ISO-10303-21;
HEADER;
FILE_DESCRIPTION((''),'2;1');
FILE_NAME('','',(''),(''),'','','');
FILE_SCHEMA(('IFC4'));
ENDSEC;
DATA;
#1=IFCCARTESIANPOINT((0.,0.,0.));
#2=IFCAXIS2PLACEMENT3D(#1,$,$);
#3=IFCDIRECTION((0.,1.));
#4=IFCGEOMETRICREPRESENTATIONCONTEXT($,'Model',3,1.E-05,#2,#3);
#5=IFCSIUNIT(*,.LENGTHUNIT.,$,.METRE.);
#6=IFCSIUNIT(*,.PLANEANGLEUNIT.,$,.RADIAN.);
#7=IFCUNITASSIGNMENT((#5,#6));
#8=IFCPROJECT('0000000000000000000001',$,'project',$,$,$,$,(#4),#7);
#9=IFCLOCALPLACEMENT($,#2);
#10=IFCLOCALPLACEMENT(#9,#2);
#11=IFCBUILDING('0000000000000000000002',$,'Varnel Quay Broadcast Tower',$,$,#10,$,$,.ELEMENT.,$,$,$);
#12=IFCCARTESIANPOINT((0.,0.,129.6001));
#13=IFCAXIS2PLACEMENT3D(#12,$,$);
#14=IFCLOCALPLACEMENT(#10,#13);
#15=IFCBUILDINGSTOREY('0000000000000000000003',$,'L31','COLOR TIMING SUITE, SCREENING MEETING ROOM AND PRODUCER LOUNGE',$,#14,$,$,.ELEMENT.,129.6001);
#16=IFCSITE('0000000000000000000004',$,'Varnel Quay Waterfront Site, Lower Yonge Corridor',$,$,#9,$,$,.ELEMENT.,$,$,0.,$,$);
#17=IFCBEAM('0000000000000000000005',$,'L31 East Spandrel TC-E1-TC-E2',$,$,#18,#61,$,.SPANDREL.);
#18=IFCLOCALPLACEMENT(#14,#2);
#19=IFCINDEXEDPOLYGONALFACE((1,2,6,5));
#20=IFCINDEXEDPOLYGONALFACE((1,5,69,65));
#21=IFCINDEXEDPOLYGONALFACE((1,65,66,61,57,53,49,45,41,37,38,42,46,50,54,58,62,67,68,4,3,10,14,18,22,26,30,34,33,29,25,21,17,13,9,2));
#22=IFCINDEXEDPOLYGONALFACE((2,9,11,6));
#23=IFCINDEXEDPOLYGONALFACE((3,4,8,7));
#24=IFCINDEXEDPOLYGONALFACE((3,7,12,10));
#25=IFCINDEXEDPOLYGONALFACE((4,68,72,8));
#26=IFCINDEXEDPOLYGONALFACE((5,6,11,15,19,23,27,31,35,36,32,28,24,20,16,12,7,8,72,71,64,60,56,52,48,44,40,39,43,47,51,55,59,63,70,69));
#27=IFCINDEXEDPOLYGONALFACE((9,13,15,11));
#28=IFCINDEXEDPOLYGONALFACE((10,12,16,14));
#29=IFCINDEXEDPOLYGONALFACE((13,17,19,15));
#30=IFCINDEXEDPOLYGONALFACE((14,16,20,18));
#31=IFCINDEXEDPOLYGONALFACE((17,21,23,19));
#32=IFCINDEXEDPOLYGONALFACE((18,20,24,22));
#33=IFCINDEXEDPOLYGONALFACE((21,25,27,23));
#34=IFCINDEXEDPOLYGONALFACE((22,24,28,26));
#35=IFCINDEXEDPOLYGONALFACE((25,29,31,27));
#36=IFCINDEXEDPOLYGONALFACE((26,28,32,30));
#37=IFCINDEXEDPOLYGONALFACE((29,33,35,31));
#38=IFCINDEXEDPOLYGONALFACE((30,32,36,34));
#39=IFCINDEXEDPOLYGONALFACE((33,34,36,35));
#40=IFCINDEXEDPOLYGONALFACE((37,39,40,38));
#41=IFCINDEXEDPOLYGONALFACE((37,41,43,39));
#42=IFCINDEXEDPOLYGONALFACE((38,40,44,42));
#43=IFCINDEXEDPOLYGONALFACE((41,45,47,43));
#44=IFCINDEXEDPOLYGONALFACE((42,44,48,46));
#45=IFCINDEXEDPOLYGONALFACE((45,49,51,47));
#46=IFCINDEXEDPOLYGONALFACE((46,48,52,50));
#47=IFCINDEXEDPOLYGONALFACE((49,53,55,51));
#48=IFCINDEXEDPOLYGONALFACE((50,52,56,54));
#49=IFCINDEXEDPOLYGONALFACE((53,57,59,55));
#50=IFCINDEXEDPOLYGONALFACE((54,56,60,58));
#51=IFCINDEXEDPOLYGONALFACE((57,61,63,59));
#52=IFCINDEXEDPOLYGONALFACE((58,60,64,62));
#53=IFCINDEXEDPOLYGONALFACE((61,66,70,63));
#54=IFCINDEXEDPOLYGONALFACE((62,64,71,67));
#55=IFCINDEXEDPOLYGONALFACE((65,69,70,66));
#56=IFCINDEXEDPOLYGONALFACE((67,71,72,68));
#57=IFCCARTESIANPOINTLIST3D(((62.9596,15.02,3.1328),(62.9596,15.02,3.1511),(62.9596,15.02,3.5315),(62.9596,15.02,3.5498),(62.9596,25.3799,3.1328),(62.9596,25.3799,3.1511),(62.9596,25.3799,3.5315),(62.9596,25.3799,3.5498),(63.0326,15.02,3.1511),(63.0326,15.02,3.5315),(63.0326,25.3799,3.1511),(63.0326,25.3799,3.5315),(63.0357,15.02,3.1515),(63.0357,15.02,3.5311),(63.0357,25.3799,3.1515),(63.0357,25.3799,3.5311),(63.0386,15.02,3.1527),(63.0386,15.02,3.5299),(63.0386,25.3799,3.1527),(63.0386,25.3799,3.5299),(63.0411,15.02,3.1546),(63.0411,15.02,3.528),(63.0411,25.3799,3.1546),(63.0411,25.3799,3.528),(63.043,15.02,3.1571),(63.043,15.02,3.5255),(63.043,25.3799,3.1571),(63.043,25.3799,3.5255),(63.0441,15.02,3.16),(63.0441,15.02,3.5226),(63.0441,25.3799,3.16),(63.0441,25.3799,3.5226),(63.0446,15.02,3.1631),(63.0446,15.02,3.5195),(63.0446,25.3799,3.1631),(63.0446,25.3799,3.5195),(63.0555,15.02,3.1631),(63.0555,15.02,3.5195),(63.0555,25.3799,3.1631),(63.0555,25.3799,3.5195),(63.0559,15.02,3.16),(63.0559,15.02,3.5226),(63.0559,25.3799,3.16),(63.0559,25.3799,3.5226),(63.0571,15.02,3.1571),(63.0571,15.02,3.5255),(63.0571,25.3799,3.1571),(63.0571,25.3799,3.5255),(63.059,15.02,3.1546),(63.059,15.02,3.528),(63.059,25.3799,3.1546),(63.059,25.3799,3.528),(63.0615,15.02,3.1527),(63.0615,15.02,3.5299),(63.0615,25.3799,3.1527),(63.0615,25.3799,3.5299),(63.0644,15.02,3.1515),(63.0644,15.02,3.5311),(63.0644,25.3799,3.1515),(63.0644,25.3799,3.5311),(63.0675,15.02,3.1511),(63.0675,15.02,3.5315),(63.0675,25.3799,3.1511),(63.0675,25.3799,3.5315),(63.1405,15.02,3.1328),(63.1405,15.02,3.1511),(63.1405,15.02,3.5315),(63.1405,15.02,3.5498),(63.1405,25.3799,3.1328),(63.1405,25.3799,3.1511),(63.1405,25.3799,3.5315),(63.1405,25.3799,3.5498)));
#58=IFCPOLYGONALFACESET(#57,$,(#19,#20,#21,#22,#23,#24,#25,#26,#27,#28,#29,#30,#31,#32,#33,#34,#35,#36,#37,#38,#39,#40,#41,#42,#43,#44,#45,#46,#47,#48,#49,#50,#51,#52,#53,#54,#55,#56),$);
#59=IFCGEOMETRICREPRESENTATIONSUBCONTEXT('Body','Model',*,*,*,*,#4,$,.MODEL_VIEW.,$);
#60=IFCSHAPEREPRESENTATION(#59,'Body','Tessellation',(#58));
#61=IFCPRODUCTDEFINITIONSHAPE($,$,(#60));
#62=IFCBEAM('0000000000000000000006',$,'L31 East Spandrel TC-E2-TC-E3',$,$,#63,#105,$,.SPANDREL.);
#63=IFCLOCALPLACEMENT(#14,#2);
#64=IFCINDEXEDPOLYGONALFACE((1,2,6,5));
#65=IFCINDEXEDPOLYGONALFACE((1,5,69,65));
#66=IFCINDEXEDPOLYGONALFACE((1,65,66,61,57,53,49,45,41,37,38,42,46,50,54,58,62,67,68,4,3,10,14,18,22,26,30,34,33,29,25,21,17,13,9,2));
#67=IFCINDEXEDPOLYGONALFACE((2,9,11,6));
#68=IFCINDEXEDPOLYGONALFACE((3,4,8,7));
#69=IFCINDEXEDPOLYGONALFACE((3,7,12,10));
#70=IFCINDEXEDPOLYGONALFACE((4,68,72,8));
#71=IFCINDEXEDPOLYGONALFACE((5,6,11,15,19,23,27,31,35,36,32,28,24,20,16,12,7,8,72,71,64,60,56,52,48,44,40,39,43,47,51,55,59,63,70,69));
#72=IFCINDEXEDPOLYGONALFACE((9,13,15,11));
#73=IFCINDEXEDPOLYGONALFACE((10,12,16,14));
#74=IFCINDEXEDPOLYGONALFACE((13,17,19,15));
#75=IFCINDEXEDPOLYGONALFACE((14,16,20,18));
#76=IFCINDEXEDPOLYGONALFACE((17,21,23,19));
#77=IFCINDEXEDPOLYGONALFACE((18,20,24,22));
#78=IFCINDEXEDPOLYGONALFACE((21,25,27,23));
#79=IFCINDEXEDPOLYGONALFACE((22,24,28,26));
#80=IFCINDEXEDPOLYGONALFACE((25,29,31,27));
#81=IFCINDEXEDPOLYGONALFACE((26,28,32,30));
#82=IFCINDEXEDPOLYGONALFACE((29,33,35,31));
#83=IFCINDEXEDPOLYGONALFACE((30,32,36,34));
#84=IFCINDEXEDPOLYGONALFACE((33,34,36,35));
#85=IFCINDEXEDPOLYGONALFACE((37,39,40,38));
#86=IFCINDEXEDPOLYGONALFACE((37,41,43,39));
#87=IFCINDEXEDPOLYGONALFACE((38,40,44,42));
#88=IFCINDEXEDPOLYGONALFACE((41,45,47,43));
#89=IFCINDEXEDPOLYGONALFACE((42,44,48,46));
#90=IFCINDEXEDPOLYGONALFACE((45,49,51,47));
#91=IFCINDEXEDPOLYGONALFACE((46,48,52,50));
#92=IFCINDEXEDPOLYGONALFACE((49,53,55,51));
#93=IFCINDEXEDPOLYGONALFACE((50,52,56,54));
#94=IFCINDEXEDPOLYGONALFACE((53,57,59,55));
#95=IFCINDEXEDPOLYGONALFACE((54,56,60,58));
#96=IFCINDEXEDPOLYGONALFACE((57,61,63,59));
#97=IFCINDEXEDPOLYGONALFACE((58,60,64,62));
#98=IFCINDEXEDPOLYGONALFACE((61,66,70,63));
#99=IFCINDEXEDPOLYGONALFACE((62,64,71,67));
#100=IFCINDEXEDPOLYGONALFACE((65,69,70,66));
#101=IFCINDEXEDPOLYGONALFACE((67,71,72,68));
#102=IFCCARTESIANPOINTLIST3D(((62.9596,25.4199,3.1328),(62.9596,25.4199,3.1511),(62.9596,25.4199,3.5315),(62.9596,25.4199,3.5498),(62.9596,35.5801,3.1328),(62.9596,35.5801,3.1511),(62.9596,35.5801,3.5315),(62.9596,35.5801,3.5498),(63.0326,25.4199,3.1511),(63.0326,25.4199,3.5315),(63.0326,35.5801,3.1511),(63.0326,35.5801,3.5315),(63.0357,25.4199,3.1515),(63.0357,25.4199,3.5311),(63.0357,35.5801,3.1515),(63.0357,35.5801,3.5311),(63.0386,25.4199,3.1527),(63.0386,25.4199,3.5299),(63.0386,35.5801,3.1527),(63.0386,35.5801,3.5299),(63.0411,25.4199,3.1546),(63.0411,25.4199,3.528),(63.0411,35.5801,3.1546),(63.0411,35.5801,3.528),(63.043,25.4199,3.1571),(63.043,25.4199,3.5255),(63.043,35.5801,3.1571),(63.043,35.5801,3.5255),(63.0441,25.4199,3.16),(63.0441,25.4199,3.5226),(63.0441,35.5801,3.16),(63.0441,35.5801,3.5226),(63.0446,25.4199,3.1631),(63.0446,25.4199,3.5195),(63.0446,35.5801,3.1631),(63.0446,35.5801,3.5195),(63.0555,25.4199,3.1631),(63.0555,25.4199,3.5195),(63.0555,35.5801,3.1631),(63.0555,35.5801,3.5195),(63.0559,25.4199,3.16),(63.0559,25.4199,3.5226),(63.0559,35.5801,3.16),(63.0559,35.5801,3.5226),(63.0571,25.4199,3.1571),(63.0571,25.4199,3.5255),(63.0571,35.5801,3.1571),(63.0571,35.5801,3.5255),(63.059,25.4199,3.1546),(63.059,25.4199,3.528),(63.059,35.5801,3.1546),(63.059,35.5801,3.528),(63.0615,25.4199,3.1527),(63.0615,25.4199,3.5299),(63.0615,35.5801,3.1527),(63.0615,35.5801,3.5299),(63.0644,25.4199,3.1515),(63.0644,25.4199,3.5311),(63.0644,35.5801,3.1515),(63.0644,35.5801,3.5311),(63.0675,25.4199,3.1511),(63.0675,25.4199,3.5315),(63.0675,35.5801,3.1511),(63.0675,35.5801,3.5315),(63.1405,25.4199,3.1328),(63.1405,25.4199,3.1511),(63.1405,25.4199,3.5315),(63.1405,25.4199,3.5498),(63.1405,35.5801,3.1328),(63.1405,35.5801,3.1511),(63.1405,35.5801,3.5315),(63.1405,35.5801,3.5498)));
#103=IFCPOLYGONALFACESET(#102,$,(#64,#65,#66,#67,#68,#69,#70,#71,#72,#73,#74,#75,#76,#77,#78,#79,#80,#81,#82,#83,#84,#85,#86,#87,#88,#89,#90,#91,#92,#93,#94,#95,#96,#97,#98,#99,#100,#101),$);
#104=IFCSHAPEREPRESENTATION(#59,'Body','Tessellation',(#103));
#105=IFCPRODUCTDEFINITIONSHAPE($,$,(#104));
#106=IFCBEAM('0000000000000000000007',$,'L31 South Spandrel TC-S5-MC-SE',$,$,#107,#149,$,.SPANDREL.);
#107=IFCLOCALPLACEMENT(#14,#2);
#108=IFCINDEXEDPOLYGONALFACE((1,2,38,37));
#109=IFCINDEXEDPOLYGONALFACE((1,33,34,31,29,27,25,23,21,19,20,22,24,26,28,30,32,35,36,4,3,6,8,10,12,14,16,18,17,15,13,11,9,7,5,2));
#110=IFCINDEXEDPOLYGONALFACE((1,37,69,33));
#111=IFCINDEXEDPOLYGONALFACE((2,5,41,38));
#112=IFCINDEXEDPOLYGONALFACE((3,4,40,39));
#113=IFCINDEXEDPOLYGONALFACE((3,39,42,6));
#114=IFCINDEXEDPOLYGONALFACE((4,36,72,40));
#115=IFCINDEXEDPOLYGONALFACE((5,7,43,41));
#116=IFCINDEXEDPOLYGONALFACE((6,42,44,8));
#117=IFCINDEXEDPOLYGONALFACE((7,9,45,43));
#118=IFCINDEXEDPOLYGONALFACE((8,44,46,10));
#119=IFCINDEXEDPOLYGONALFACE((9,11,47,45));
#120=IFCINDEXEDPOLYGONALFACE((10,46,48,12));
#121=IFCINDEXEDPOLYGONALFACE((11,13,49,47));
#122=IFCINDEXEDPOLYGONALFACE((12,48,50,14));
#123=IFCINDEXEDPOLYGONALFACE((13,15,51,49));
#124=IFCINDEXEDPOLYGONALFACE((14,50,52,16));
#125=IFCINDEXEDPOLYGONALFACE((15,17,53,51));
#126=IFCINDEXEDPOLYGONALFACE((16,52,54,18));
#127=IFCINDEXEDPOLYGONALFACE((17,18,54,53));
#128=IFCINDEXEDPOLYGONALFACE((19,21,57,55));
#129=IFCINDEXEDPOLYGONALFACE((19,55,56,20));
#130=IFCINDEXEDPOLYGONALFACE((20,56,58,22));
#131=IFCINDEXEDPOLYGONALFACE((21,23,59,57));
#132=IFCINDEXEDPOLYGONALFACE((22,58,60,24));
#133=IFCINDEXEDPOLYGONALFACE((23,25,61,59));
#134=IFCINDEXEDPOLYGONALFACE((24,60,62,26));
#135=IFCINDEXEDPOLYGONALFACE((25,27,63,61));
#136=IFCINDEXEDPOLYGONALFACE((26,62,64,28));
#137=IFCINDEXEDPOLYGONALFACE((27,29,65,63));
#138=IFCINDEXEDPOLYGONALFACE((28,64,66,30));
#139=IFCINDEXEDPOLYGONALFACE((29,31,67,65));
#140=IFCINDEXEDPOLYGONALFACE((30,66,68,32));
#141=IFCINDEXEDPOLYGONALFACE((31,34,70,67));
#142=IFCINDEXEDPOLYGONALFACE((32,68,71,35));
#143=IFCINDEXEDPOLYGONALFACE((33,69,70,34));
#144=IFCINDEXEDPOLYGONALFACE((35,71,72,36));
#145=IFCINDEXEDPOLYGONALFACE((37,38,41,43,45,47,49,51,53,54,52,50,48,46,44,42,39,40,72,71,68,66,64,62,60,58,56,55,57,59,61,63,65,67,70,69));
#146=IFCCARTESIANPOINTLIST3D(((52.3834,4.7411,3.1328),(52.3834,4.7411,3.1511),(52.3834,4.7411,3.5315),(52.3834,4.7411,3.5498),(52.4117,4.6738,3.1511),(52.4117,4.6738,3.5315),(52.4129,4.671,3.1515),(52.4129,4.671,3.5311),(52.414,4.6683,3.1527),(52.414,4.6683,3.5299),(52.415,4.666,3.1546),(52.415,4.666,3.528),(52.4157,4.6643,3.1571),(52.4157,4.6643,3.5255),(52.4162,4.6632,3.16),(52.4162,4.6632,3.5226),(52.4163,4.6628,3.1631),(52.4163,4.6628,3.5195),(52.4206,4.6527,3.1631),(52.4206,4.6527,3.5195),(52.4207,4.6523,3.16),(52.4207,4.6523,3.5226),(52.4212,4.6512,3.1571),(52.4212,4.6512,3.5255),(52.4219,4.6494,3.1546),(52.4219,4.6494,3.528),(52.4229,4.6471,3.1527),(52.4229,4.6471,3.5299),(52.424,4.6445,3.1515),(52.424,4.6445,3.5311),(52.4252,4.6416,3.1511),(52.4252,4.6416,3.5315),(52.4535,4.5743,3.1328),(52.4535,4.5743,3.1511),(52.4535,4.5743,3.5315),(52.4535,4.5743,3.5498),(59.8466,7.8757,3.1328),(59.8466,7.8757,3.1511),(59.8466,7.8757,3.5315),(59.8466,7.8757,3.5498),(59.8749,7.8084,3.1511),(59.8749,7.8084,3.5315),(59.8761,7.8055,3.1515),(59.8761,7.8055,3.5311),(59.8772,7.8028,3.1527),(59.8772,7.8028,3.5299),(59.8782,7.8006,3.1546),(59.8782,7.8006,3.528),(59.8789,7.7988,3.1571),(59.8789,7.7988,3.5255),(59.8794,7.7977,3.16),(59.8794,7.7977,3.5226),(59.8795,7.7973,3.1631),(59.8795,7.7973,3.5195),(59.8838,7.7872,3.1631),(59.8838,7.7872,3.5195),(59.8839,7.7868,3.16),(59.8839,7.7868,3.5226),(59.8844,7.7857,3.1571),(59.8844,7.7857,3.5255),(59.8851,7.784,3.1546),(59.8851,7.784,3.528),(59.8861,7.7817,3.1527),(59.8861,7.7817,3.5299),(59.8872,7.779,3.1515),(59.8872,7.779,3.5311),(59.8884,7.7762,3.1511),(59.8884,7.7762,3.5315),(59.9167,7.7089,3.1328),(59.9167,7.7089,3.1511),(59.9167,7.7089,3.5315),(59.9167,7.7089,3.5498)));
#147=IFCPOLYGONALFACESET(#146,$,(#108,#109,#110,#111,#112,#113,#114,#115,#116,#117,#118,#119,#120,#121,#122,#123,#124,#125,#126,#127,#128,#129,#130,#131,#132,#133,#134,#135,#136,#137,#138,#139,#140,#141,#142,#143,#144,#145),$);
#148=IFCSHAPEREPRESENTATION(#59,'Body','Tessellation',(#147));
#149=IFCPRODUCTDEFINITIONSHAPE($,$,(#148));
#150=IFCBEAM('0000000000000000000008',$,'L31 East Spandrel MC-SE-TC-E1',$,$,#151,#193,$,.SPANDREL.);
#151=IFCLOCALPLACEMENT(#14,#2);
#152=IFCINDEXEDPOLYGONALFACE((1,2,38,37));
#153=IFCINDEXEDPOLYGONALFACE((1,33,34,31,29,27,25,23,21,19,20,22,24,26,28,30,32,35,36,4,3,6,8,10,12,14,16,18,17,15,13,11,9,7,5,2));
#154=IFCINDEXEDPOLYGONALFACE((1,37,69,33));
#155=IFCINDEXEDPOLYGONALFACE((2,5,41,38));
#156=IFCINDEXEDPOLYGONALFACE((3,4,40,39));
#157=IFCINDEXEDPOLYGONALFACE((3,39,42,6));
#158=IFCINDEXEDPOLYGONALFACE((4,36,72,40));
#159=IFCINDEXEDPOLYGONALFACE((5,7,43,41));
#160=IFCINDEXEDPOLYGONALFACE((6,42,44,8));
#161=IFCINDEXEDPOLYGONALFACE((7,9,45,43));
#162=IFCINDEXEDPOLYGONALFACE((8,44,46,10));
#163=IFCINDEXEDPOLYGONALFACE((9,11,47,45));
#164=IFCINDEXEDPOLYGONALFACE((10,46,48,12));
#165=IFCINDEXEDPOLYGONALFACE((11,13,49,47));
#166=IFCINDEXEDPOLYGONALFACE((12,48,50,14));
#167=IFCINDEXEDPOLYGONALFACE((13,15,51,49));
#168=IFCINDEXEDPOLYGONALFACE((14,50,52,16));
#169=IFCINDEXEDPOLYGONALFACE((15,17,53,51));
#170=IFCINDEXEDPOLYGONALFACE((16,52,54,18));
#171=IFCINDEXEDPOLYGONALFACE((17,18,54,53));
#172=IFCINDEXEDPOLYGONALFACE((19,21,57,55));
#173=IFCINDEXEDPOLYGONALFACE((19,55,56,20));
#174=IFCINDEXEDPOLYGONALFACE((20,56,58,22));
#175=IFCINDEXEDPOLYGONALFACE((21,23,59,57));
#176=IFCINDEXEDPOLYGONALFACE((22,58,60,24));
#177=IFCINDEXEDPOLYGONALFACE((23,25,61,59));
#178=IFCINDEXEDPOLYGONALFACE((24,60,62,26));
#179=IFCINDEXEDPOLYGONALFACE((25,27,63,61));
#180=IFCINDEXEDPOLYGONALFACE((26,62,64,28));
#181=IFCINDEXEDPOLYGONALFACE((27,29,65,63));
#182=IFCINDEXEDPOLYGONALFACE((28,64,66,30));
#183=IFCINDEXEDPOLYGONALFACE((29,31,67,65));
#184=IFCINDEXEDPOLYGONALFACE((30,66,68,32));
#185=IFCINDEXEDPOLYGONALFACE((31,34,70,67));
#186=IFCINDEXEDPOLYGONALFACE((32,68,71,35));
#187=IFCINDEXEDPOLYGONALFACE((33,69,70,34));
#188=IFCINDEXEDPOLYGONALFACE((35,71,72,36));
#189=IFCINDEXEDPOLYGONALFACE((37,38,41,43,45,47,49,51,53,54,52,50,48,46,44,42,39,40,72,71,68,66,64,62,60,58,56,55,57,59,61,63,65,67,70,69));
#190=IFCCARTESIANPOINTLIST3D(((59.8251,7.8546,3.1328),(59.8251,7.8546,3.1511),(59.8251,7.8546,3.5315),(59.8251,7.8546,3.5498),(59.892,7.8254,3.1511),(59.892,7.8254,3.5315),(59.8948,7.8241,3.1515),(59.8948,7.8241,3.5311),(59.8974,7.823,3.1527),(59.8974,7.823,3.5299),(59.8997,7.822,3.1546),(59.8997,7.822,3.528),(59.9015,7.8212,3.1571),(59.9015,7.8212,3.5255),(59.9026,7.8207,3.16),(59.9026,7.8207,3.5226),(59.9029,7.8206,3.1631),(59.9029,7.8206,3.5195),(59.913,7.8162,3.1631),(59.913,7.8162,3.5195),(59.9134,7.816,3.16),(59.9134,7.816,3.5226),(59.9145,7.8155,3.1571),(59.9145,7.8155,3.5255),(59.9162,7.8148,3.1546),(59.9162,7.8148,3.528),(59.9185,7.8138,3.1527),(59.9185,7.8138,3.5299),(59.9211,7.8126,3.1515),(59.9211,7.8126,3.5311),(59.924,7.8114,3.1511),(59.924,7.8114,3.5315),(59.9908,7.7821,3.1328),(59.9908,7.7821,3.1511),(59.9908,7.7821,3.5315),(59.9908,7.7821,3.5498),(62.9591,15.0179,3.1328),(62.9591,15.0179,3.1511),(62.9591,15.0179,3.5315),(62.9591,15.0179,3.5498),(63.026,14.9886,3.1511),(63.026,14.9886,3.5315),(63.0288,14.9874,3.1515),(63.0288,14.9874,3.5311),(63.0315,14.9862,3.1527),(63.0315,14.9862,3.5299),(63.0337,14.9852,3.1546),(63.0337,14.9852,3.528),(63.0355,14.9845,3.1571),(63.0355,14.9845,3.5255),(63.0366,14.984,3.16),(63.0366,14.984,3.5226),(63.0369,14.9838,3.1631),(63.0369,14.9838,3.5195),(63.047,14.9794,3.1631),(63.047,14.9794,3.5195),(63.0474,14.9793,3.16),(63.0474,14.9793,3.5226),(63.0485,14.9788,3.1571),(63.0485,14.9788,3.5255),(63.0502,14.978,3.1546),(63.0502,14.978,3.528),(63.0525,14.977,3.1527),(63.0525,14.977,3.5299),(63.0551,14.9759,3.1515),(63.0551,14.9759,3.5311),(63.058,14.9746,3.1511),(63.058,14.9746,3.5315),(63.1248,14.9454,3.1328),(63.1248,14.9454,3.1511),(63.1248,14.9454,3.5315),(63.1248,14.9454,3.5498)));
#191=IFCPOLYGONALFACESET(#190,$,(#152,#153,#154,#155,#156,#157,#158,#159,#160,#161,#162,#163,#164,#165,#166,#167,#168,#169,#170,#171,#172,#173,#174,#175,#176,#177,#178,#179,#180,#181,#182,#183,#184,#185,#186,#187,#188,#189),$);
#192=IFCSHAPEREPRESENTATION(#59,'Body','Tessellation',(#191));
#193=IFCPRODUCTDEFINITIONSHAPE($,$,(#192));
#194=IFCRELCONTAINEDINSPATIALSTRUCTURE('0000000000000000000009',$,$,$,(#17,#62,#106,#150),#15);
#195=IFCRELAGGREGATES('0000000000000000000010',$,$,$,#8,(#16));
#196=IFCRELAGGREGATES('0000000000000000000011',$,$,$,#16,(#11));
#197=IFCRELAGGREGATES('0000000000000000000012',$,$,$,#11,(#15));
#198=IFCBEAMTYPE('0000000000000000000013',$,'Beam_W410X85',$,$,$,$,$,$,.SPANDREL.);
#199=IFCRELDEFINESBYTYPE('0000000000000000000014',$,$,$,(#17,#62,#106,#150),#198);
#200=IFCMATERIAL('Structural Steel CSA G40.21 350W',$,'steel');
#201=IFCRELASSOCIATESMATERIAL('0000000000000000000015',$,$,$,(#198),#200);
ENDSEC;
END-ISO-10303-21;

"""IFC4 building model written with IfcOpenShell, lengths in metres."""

from ifc_helpers import new_model, si_unit, direction, frame, origin, origin_2d, place, context, subcontext, project, spatial, i_section, extrude, source, transform, mapped, material, material_profile, profile_set, type_object, type_shapes, element, save


model = new_model("IFC4")

# Units and contexts
model_context = context("Model", 3, precision=1e-05, world=origin(), true_north=direction((0.0, 1.0)))
body_context = subcontext(model_context, "Body", "Model", "MODEL_VIEW")
ifc_project = project(units=[si_unit("LENGTHUNIT", "METRE"), si_unit("PLANEANGLEUNIT", "RADIAN")], contexts=[model_context])

# Site, building, storey
site_placement = place(None, origin())
site = spatial("IfcSite", under=ifc_project, at=site_placement, Name="Varnel Quay Waterfront Site, Lower Yonge Corridor", CompositionType="ELEMENT", RefElevation=0.0)
building_placement = place(site_placement, origin())
building = spatial("IfcBuilding", under=site, at=building_placement, Name="Varnel Quay Broadcast Tower", CompositionType="ELEMENT")
storey_placement = place(building_placement, frame((0.0, 0.0, 129.6001)))
storey = spatial("IfcBuildingStorey", under=building, at=storey_placement, Name="L31", Description="COLOR TIMING SUITE, SCREENING MEETING ROOM AND PRODUCER LOUNGE", CompositionType="ELEMENT", Elevation=129.6001)

# Shared definitions
ifc_material_1 = material(Name="Structural Steel CSA G40.21 350W", Category="steel")

# Beams
ifc_material_profile_1 = material_profile(ifc_material_1, i_section(OverallWidth=0.1809, OverallDepth=0.417, WebThickness=0.011, FlangeThickness=0.0183, FilletRadius=0.012, at=origin_2d()), Name="W410X85")
ifc_profile_set_1 = profile_set([ifc_material_profile_1], Name="Structural Steel CSA G40.21 350W")
beam_type = type_object("IfcBeamType", Name="Beam_W410X85", PredefinedType="SPANDREL", material=ifc_profile_set_1)
shared_shape_1 = source(origin(), body_context, "Body", "SweptSolid", [
    extrude(i_section(OverallWidth=0.1809, OverallDepth=0.417, WebThickness=0.011, FlangeThickness=0.0183, FilletRadius=0.012, at=origin_2d()), origin(), (0.0, 0.0, 1.0), 10.3599),
])
beam_1_placement = place(storey_placement, frame((63.05, 15.02, 3.3413), z_axis=(0.0, 1.0, 0.0), x_axis=(-1.0, 0.0, 0.0)))
element("IfcBeam", 1, at=beam_1_placement, inside=storey, type_object=beam_type, Name="L31 East Spandrel TC-E1-TC-E2", PredefinedType="SPANDREL", context=body_context, shape_type="MappedRepresentation", body=[
    mapped(shared_shape_1, transform((0.0, 0.0, 0.0), x_axis=(1.0, 0.0, 0.0), y_axis=(0.0, 1.0, 0.0), z_axis=(0.0, 0.0, 1.0), scale=1.0)),
])
shared_shape_2 = source(origin(), body_context, "Body", "SweptSolid", [
    extrude(i_section(OverallWidth=0.1809, OverallDepth=0.417, WebThickness=0.011, FlangeThickness=0.0183, FilletRadius=0.012, at=origin_2d()), origin(), (0.0, 0.0, 1.0), 10.1602),
])
beam_2_placement = place(storey_placement, frame((63.05, 25.4199, 3.3413), z_axis=(0.0, 1.0, 0.0), x_axis=(-1.0, 0.0, 0.0)))
element("IfcBeam", 2, at=beam_2_placement, inside=storey, type_object=beam_type, Name="L31 East Spandrel TC-E2-TC-E3", PredefinedType="SPANDREL", context=body_context, shape_type="MappedRepresentation", body=[
    mapped(shared_shape_2, transform((0.0, 0.0, 0.0), x_axis=(1.0, 0.0, 0.0), y_axis=(0.0, 1.0, 0.0), z_axis=(0.0, 0.0, 1.0), scale=1.0)),
])
shared_shape_3 = source(origin(), body_context, "Body", "SweptSolid", [
    extrude(i_section(OverallWidth=0.1809, OverallDepth=0.417, WebThickness=0.011, FlangeThickness=0.0183, FilletRadius=0.012, at=origin_2d()), origin(), (0.0, 0.0, 1.0), 8.0947),
])
beam_3_placement = place(storey_placement, frame((52.4185, 4.6577, 3.3413), z_axis=(0.921982, 0.387233, 0.0), x_axis=(-0.387233, 0.921982, 0.0)))
element("IfcBeam", 3, at=beam_3_placement, inside=storey, type_object=beam_type, Name="L31 South Spandrel TC-S5-MC-SE", PredefinedType="SPANDREL", context=body_context, shape_type="MappedRepresentation", body=[
    mapped(shared_shape_3, transform((0.0, 0.0, 0.0), x_axis=(1.0, 0.0, 0.0), y_axis=(0.0, 1.0, 0.0), z_axis=(0.0, 0.0, 1.0), scale=1.0)),
])
shared_shape_4 = source(origin(), body_context, "Body", "SweptSolid", [
    extrude(i_section(OverallWidth=0.1809, OverallDepth=0.417, WebThickness=0.011, FlangeThickness=0.0183, FilletRadius=0.012, at=origin_2d()), origin(), (0.0, 0.0, 1.0), 7.8188),
])
type_shapes(beam_type, [shared_shape_1, shared_shape_2, shared_shape_3, shared_shape_4])
beam_4_placement = place(storey_placement, frame((59.908, 7.8184, 3.3413), z_axis=(0.400827, 0.916154, 0.0), x_axis=(-0.916154, 0.400827, 0.0)))
element("IfcBeam", 4, at=beam_4_placement, inside=storey, type_object=beam_type, Name="L31 East Spandrel MC-SE-TC-E1", PredefinedType="SPANDREL", context=body_context, shape_type="MappedRepresentation", body=[
    mapped(shared_shape_4, transform((0.0, 0.0, 0.0), x_axis=(1.0, 0.0, 0.0), y_axis=(0.0, 1.0, 0.0), z_axis=(0.0, 0.0, 1.0), scale=1.0)),
])

save(model, "model.ifc")
